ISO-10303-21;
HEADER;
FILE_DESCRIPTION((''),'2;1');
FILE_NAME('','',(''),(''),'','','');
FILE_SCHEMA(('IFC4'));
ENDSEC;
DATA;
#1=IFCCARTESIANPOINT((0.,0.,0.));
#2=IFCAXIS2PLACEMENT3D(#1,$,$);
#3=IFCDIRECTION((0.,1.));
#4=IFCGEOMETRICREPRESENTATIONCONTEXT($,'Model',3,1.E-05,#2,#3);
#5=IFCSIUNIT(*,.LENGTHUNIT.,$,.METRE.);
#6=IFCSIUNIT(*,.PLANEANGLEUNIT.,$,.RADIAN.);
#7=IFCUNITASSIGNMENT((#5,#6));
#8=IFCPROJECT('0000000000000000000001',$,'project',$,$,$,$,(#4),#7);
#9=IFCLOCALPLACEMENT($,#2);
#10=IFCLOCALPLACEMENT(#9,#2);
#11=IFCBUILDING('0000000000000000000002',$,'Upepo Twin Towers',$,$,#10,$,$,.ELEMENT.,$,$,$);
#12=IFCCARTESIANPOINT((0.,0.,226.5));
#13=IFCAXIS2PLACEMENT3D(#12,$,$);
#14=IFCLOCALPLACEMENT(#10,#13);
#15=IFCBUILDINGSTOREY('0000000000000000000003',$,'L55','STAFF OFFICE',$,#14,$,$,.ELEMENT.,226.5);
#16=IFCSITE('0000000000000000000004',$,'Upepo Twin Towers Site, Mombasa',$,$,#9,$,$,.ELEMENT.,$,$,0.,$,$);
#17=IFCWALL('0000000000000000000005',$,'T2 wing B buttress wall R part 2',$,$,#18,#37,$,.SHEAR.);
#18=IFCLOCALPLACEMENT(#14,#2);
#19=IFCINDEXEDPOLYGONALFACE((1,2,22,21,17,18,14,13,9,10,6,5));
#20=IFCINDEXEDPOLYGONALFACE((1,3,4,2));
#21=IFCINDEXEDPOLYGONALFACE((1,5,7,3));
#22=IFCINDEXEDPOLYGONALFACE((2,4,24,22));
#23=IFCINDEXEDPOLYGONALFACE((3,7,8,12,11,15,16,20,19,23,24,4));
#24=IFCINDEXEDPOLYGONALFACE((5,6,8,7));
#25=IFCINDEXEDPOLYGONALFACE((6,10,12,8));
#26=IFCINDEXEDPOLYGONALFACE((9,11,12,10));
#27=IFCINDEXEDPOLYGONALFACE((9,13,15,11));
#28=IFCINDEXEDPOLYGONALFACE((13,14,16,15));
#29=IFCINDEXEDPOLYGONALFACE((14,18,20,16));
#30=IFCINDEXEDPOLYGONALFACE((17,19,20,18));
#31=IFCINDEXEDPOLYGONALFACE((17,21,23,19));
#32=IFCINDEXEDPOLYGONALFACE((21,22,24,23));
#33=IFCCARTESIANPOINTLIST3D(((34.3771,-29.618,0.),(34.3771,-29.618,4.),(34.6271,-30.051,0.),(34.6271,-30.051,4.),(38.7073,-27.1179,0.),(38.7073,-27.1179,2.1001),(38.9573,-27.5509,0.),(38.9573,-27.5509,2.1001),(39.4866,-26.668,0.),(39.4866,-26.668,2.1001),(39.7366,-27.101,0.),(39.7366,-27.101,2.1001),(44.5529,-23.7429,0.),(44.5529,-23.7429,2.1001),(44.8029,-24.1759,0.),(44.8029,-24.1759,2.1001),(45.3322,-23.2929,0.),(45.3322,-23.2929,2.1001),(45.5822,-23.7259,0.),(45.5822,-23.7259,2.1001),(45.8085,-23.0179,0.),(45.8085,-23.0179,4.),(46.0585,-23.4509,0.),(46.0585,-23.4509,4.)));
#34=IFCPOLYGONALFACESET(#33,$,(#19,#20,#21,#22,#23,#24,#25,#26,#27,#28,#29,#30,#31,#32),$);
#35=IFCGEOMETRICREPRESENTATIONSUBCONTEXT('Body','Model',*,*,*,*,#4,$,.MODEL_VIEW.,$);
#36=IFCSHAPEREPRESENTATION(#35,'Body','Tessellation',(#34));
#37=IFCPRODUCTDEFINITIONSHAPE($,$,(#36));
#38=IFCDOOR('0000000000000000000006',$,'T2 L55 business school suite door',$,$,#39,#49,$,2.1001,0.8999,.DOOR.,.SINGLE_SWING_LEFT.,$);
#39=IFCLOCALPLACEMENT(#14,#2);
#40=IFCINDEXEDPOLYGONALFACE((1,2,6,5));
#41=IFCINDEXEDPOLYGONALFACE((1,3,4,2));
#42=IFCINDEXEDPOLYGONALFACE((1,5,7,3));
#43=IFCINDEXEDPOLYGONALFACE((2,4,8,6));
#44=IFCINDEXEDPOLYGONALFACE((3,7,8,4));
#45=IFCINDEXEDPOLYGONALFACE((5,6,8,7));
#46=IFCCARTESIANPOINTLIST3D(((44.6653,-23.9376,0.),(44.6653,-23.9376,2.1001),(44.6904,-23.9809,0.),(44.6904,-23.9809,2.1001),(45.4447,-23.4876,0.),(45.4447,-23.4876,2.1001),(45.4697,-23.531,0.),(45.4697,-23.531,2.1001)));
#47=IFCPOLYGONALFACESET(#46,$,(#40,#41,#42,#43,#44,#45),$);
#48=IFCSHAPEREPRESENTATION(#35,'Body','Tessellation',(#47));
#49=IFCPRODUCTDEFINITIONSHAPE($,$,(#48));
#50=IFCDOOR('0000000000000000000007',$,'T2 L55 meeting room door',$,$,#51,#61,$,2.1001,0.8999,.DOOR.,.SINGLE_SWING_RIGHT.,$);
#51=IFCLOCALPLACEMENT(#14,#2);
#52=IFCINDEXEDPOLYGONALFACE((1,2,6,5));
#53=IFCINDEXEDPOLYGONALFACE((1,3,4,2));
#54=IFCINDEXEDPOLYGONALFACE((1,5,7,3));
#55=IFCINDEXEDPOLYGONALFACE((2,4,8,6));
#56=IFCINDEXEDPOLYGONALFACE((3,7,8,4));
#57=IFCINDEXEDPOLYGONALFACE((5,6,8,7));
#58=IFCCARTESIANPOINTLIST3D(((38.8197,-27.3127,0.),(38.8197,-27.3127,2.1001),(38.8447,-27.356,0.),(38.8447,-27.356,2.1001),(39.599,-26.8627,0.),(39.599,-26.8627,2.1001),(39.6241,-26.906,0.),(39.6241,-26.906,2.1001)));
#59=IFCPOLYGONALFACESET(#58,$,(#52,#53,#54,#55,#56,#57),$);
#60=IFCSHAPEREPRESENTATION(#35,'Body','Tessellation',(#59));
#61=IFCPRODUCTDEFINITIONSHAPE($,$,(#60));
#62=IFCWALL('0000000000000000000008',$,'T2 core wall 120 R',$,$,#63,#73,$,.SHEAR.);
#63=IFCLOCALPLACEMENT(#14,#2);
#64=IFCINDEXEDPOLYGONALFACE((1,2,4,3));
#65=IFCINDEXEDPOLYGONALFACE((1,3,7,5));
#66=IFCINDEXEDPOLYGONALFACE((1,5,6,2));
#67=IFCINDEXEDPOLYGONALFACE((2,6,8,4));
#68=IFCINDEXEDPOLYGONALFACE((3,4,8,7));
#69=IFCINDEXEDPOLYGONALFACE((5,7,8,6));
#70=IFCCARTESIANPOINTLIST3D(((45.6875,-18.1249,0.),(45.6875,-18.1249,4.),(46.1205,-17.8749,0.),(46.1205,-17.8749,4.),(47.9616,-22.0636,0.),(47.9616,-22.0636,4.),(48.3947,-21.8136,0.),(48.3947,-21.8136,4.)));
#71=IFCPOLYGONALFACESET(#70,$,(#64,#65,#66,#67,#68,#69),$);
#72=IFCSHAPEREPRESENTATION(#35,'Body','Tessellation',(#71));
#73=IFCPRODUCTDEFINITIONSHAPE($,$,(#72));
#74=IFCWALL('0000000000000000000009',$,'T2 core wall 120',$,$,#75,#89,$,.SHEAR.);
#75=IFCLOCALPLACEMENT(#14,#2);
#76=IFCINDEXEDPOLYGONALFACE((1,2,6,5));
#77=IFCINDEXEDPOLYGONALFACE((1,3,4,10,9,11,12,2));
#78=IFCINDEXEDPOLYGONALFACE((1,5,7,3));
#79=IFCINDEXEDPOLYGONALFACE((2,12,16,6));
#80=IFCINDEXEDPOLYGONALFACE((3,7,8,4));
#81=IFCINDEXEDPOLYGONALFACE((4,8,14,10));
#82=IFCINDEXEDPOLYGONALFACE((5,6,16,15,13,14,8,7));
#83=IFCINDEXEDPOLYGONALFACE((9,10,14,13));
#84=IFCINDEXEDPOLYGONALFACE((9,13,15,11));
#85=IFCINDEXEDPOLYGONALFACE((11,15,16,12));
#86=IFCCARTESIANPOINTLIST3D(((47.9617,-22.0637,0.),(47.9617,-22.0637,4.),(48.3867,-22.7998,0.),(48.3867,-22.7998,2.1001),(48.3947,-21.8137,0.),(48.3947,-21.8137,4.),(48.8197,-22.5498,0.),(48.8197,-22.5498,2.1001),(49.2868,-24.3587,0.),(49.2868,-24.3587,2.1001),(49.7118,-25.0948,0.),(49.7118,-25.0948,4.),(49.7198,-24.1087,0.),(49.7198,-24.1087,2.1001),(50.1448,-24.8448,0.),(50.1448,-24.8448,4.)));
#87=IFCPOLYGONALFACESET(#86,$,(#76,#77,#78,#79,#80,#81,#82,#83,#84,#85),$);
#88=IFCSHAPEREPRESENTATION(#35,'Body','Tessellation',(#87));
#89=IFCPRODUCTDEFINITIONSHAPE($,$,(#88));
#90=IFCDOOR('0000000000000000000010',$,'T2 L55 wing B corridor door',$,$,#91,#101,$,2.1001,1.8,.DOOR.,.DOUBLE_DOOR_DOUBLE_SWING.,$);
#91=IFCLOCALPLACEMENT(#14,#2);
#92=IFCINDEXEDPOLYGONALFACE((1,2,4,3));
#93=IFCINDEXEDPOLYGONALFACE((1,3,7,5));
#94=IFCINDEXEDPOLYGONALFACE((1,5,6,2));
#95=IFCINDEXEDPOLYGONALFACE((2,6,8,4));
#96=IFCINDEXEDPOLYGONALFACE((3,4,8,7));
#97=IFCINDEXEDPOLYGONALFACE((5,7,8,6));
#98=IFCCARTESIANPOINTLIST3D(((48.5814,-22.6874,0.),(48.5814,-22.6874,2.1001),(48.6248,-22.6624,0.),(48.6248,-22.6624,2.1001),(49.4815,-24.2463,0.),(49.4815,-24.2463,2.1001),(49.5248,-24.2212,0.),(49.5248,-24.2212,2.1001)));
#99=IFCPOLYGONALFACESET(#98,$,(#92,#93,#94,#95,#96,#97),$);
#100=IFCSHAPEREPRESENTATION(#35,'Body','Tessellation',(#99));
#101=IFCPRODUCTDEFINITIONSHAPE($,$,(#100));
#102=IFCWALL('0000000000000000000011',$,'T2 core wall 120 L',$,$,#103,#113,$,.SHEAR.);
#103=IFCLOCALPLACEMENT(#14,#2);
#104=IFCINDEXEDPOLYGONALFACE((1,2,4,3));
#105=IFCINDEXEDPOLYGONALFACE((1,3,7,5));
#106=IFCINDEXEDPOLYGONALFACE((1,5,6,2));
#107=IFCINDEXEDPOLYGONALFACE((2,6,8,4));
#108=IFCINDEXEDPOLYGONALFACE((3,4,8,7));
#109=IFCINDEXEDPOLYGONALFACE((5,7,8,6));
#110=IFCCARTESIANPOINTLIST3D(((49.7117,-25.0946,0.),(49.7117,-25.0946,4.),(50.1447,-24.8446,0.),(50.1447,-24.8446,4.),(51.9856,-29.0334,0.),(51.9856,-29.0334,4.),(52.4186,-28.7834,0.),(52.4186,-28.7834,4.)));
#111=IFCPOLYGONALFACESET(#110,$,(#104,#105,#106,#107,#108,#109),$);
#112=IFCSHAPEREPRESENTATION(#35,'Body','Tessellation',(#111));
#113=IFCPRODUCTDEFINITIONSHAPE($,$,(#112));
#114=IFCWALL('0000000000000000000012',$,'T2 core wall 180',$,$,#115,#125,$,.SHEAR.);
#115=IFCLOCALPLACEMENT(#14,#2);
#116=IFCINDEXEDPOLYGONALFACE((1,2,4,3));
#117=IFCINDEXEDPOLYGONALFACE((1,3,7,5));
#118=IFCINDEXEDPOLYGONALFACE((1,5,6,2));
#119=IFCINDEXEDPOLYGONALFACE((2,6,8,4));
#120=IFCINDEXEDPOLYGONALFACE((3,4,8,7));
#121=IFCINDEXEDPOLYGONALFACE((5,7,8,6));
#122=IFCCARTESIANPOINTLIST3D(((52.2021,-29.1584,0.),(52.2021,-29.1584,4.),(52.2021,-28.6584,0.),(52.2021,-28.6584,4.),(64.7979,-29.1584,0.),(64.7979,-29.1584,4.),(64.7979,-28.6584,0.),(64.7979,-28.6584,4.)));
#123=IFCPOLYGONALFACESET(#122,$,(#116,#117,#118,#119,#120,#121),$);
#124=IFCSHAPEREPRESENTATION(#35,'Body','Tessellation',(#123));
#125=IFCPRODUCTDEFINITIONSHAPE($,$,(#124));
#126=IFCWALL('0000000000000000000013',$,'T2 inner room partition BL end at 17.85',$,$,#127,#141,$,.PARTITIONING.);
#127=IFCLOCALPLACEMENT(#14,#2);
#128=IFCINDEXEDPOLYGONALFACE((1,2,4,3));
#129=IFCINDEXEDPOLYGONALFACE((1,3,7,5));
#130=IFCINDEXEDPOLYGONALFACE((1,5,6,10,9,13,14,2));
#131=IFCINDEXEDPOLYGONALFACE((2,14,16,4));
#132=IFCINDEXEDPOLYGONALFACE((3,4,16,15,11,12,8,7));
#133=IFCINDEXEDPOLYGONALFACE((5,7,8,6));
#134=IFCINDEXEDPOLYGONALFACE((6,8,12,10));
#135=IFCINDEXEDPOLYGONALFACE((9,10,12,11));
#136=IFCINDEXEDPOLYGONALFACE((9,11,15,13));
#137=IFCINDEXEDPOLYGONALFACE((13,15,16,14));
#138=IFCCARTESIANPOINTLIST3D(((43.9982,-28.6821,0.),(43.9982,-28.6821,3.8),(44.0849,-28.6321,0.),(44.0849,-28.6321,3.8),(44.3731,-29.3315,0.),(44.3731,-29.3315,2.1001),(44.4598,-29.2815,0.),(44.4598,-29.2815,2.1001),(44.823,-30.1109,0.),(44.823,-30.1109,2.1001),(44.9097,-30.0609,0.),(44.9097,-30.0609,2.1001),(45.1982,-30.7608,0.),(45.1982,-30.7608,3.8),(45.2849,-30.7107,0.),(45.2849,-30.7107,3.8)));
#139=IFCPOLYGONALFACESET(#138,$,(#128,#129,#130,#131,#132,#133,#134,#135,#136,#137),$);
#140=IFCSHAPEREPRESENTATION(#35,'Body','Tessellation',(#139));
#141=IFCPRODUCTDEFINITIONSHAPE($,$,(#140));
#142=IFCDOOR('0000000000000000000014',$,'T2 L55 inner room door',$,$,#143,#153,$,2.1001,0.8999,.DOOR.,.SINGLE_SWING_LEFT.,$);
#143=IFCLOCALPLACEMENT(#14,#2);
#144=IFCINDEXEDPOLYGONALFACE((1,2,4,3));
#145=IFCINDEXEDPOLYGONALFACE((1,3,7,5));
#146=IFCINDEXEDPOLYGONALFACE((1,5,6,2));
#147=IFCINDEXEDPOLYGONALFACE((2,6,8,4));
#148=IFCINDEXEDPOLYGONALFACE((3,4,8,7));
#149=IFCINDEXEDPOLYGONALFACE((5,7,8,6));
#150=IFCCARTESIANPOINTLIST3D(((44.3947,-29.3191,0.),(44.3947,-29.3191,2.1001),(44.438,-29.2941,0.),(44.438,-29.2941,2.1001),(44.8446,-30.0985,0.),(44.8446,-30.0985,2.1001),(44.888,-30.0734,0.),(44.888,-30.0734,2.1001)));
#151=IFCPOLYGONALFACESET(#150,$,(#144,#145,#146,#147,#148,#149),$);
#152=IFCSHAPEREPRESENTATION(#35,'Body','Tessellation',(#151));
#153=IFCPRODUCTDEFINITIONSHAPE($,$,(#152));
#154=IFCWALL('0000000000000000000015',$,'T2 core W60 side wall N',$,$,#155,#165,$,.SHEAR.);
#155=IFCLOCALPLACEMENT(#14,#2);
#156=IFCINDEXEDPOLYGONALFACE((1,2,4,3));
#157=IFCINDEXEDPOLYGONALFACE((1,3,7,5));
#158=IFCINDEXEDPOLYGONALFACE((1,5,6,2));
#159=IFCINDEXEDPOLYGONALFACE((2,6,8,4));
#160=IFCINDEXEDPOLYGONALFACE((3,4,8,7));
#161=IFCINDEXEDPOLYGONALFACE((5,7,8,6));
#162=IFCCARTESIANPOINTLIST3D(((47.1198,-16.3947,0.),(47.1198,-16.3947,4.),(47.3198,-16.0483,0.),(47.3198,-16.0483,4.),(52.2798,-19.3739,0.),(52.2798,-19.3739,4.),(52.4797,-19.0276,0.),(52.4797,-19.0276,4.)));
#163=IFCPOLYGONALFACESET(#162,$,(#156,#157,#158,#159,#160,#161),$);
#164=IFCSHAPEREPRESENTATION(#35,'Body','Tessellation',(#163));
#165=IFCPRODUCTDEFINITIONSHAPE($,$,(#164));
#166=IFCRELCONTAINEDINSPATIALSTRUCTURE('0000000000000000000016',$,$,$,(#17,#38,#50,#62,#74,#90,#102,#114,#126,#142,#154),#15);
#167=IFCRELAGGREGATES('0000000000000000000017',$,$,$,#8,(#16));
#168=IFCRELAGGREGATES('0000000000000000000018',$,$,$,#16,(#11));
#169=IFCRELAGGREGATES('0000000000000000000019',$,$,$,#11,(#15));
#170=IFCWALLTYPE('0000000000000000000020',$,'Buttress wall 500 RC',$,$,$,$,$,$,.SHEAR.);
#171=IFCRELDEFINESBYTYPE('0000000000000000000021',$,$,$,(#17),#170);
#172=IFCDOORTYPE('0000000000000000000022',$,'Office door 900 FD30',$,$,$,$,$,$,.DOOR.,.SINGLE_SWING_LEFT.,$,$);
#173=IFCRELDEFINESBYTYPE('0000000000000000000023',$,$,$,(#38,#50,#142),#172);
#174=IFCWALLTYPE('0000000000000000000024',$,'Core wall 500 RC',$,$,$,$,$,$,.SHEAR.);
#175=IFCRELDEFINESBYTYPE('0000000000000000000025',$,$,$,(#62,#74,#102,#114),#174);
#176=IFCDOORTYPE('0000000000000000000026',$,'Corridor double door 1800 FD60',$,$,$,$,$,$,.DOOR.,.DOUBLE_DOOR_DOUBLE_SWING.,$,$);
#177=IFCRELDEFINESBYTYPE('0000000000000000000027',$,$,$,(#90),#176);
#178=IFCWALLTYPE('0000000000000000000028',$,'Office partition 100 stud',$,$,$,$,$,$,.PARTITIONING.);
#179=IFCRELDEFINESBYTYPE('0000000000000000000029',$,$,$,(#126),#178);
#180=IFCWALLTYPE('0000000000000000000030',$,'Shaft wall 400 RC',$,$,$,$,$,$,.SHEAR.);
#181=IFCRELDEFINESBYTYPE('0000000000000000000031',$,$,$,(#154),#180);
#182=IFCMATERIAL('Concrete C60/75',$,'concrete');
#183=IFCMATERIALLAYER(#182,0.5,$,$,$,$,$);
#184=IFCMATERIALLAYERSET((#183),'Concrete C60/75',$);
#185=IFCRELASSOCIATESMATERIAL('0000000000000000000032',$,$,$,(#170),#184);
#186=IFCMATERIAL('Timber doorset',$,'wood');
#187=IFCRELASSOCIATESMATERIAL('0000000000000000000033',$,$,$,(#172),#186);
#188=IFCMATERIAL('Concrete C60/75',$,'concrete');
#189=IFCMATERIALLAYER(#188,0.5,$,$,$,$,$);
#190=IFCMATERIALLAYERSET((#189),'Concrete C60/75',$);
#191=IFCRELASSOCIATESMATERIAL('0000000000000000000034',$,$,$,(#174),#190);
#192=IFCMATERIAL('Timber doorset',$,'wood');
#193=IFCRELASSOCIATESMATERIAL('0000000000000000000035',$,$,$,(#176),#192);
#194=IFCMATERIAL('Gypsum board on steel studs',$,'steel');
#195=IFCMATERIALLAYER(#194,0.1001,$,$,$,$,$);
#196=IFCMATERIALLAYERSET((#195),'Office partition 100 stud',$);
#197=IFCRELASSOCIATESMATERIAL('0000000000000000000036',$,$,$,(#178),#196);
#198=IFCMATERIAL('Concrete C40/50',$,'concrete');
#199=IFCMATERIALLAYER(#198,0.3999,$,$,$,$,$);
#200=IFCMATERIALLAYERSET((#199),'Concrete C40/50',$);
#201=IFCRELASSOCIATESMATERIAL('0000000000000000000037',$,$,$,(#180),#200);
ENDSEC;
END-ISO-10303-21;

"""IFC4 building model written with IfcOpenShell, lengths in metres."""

from ifc_helpers import new_model, si_unit, direction, frame, frame_2d, origin, place, context, subcontext, project, spatial, rectangle, extrude, material, layer, layer_set, type_object, element, fill, save


model = new_model("IFC4")

# Units and contexts
model_context = context("Model", 3, precision=1e-05, world=origin(), true_north=direction((0.0, 1.0)))
body_context = subcontext(model_context, "Body", "Model", "MODEL_VIEW")
ifc_project = project(units=[si_unit("LENGTHUNIT", "METRE"), si_unit("PLANEANGLEUNIT", "RADIAN")], contexts=[model_context])

# Site, building, storey
site_placement = place(None, origin())
site = spatial("IfcSite", under=ifc_project, at=site_placement, Name="Upepo Twin Towers Site, Mombasa", CompositionType="ELEMENT", RefElevation=0.0)
building_placement = place(site_placement, origin())
building = spatial("IfcBuilding", under=site, at=building_placement, Name="Upepo Twin Towers", CompositionType="ELEMENT")
storey_placement = place(building_placement, frame((0.0, 0.0, 226.5)))
storey = spatial("IfcBuildingStorey", under=building, at=storey_placement, Name="L55", Description="STAFF OFFICE", CompositionType="ELEMENT", Elevation=226.5)

# Wall, openings, doors
ifc_material_1 = material(Name="Concrete C60/75", Category="concrete")
ifc_layer_1 = layer(ifc_material_1, 0.5)
ifc_layer_set_1 = layer_set([ifc_layer_1], Name="Concrete C60/75")
wall_type_1 = type_object("IfcWallType", Name="Buttress wall 500 RC", PredefinedType="SHEAR", material=ifc_layer_set_1)
ifc_material_2 = material(Name="Timber doorset", Category="wood")
door_type_1 = type_object("IfcDoorType", Name="Office door 900 FD30", OperationType="SINGLE_SWING_LEFT", PredefinedType="DOOR", material=ifc_material_2)
wall_1_placement = place(storey_placement, frame((45.9336, -23.2344, 0.0), z_axis=(0.0, 0.0, 1.0), x_axis=(-0.86602, -0.50001, 0.0)))
wall_1 = element("IfcWall", 1, at=wall_1_placement, inside=storey, type_object=wall_type_1, Name="T2 wing B buttress wall R part 2", PredefinedType="SHEAR", context=body_context, shape_type="SweptSolid", body=[
    extrude(rectangle(XDim=13.2, YDim=0.5, at=frame_2d((6.6001, 0.0))), origin(), (0.0, 0.0, 1.0), 4.0),
])
opening_1_placement = place(wall_1_placement, frame((0.55, 0.0, 0.0)))
opening_1 = element("IfcOpeningElement", 2, at=opening_1_placement, cuts=wall_1, PredefinedType="OPENING", context=body_context, shape_type="SweptSolid", body=[
    extrude(rectangle(XDim=0.8999, YDim=2.1001, at=frame_2d((0.45, 1.05))), frame((0.0, 0.26, 0.0), z_axis=(0.0, -1.0, 0.0), x_axis=(1.0, 0.0, 0.0)), (0.0, 0.0, 1.0), 0.52),
])
opening_2_placement = place(wall_1_placement, frame((7.3, 0.0, 0.0)))
opening_2 = element("IfcOpeningElement", 3, at=opening_2_placement, cuts=wall_1, PredefinedType="OPENING", context=body_context, shape_type="SweptSolid", body=[
    extrude(rectangle(XDim=0.8999, YDim=2.1001, at=frame_2d((0.45, 1.05))), frame((0.0, 0.26, 0.0), z_axis=(0.0, -1.0, 0.0), x_axis=(1.0, 0.0, 0.0)), (0.0, 0.0, 1.0), 0.52),
])
door_1_placement = place(opening_1_placement, origin())
door_1 = element("IfcDoor", 4, at=door_1_placement, inside=storey, type_object=door_type_1, Name="T2 L55 business school suite door", OperationType="SINGLE_SWING_LEFT", OverallHeight=2.1001, OverallWidth=0.8999, PredefinedType="DOOR", context=body_context, shape_type="SweptSolid", body=[
    extrude(rectangle(XDim=0.8999, YDim=2.1001, at=frame_2d((0.45, 1.05))), frame((0.0, 0.0249, 0.0), z_axis=(0.0, -1.0, 0.0), x_axis=(1.0, 0.0, 0.0)), (0.0, 0.0, 1.0), 0.05),
])
fill(opening_1, door_1)
door_2_placement = place(opening_2_placement, origin())
door_2 = element("IfcDoor", 5, at=door_2_placement, inside=storey, type_object=door_type_1, Name="T2 L55 meeting room door", OperationType="SINGLE_SWING_RIGHT", OverallHeight=2.1001, OverallWidth=0.8999, PredefinedType="DOOR", context=body_context, shape_type="SweptSolid", body=[
    extrude(rectangle(XDim=0.8999, YDim=2.1001, at=frame_2d((0.45, 1.05))), frame((0.0, 0.0249, 0.0), z_axis=(0.0, -1.0, 0.0), x_axis=(1.0, 0.0, 0.0)), (0.0, 0.0, 1.0), 0.05),
])
fill(opening_2, door_2)

# Wall
ifc_material_3 = material(Name="Concrete C60/75", Category="concrete")
ifc_layer_2 = layer(ifc_material_3, 0.5)
ifc_layer_set_2 = layer_set([ifc_layer_2], Name="Concrete C60/75")
wall_type_2 = type_object("IfcWallType", Name="Core wall 500 RC", PredefinedType="SHEAR", material=ifc_layer_set_2)
wall_2_placement = place(storey_placement, frame((45.9041, -18.0, 0.0), z_axis=(0.0, 0.0, 1.0), x_axis=(0.500024, -0.866011, 0.0)))
element("IfcWall", 6, at=wall_2_placement, inside=storey, type_object=wall_type_2, Name="T2 core wall 120 R", PredefinedType="SHEAR", context=body_context, shape_type="SweptSolid", body=[
    extrude(rectangle(XDim=4.5481, YDim=0.5, at=frame_2d((2.2739, 0.0))), origin(), (0.0, 0.0, 1.0), 4.0),
])

# Wall, opening, door
wall_3_placement = place(storey_placement, frame((48.1782, -21.9387, 0.0), z_axis=(0.0, 0.0, 1.0), x_axis=(0.50001, -0.866019, 0.0)))
wall_3 = element("IfcWall", 7, at=wall_3_placement, inside=storey, type_object=wall_type_2, Name="T2 core wall 120", PredefinedType="SHEAR", context=body_context, shape_type="SweptSolid", body=[
    extrude(rectangle(XDim=3.5, YDim=0.5, at=frame_2d((1.75, 0.0))), origin(), (0.0, 0.0, 1.0), 4.0),
])
opening_3_placement = place(wall_3_placement, frame((0.8501, 0.0, 0.0)))
opening_3 = element("IfcOpeningElement", 8, at=opening_3_placement, cuts=wall_3, PredefinedType="OPENING", context=body_context, shape_type="SweptSolid", body=[
    extrude(rectangle(XDim=1.8, YDim=2.1001, at=frame_2d((0.8999, 1.05))), frame((0.0, 0.26, 0.0), z_axis=(0.0, -1.0, 0.0), x_axis=(1.0, 0.0, 0.0)), (0.0, 0.0, 1.0), 0.52),
])
ifc_material_4 = material(Name="Timber doorset", Category="wood")
door_type_2 = type_object("IfcDoorType", Name="Corridor double door 1800 FD60", OperationType="DOUBLE_DOOR_DOUBLE_SWING", PredefinedType="DOOR", material=ifc_material_4)
door_3_placement = place(opening_3_placement, origin())
door_3 = element("IfcDoor", 9, at=door_3_placement, inside=storey, type_object=door_type_2, Name="T2 L55 wing B corridor door", OperationType="DOUBLE_DOOR_DOUBLE_SWING", OverallHeight=2.1001, OverallWidth=1.8, PredefinedType="DOOR", context=body_context, shape_type="SweptSolid", body=[
    extrude(rectangle(XDim=1.8, YDim=2.1001, at=frame_2d((0.8999, 1.05))), frame((0.0, 0.0249, 0.0), z_axis=(0.0, -1.0, 0.0), x_axis=(1.0, 0.0, 0.0)), (0.0, 0.0, 1.0), 0.05),
])
fill(opening_3, door_3)

# Walls
wall_4_placement = place(storey_placement, frame((49.9282, -24.9697, 0.0), z_axis=(0.0, 0.0, 1.0), x_axis=(0.499984, -0.866035, 0.0)))
element("IfcWall", 10, at=wall_4_placement, inside=storey, type_object=wall_type_2, Name="T2 core wall 120 L", PredefinedType="SHEAR", context=body_context, shape_type="SweptSolid", body=[
    extrude(rectangle(XDim=4.5481, YDim=0.5, at=frame_2d((2.2739, 0.0))), origin(), (0.0, 0.0, 1.0), 4.0),
])
wall_5_placement = place(storey_placement, frame((52.2021, -28.9084, 0.0), z_axis=(0.0, 0.0, 1.0), x_axis=(1.0, 0.0, 0.0)))
element("IfcWall", 11, at=wall_5_placement, inside=storey, type_object=wall_type_2, Name="T2 core wall 180", PredefinedType="SHEAR", context=body_context, shape_type="SweptSolid", body=[
    extrude(rectangle(XDim=12.5957, YDim=0.5, at=frame_2d((6.2979, 0.0))), origin(), (0.0, 0.0, 1.0), 4.0),
])

# Wall, opening, door
ifc_material_5 = material(Name="Gypsum board on steel studs", Category="steel")
ifc_layer_3 = layer(ifc_material_5, 0.1001)
ifc_layer_set_3 = layer_set([ifc_layer_3], Name="Office partition 100 stud")
wall_type_3 = type_object("IfcWallType", Name="Office partition 100 stud", PredefinedType="PARTITIONING", material=ifc_layer_set_3)
wall_6_placement = place(storey_placement, frame((44.0415, -28.657, 0.0), z_axis=(0.0, 0.0, 1.0), x_axis=(0.499957, -0.86605, 0.0)))
wall_6 = element("IfcWall", 12, at=wall_6_placement, inside=storey, type_object=wall_type_3, Name="T2 inner room partition BL end at 17.85", PredefinedType="PARTITIONING", context=body_context, shape_type="SweptSolid", body=[
    extrude(rectangle(XDim=2.4001, YDim=0.1001, at=frame_2d((1.2002, 0.0))), origin(), (0.0, 0.0, 1.0), 3.8),
])
opening_4_placement = place(wall_6_placement, frame((0.75, 0.0, 0.0)))
opening_4 = element("IfcOpeningElement", 13, at=opening_4_placement, cuts=wall_6, PredefinedType="OPENING", context=body_context, shape_type="SweptSolid", body=[
    extrude(rectangle(XDim=0.8999, YDim=2.1001, at=frame_2d((0.45, 1.05))), frame((0.0, 0.0601, 0.0), z_axis=(0.0, -1.0, 0.0), x_axis=(1.0, 0.0, 0.0)), (0.0, 0.0, 1.0), 0.1201),
])
door_4_placement = place(opening_4_placement, origin())
door_4 = element("IfcDoor", 14, at=door_4_placement, inside=storey, type_object=door_type_1, Name="T2 L55 inner room door", OperationType="SINGLE_SWING_LEFT", OverallHeight=2.1001, OverallWidth=0.8999, PredefinedType="DOOR", context=body_context, shape_type="SweptSolid", body=[
    extrude(rectangle(XDim=0.8999, YDim=2.1001, at=frame_2d((0.45, 1.05))), frame((0.0, 0.0249, 0.0), z_axis=(0.0, -1.0, 0.0), x_axis=(1.0, 0.0, 0.0)), (0.0, 0.0, 1.0), 0.05),
])
fill(opening_4, door_4)

# Wall
ifc_material_6 = material(Name="Concrete C40/50", Category="concrete")
ifc_layer_4 = layer(ifc_material_6, 0.3999)
ifc_layer_set_4 = layer_set([ifc_layer_4], Name="Concrete C40/50")
wall_type_4 = type_object("IfcWallType", Name="Shaft wall 400 RC", PredefinedType="SHEAR", material=ifc_layer_set_4)
wall_7_placement = place(storey_placement, frame((52.3796, -19.2007, 0.0), z_axis=(0.0, 0.0, 1.0), x_axis=(-0.866013, 0.500022, 0.0)))
element("IfcWall", 15, at=wall_7_placement, inside=storey, type_object=wall_type_4, Name="T2 core W60 side wall N", PredefinedType="SHEAR", context=body_context, shape_type="SweptSolid", body=[
    extrude(rectangle(XDim=5.9583, YDim=0.3999, at=frame_2d((2.979, 0.0))), origin(), (0.0, 0.0, 1.0), 4.0),
])

save(model, "model.ifc")
